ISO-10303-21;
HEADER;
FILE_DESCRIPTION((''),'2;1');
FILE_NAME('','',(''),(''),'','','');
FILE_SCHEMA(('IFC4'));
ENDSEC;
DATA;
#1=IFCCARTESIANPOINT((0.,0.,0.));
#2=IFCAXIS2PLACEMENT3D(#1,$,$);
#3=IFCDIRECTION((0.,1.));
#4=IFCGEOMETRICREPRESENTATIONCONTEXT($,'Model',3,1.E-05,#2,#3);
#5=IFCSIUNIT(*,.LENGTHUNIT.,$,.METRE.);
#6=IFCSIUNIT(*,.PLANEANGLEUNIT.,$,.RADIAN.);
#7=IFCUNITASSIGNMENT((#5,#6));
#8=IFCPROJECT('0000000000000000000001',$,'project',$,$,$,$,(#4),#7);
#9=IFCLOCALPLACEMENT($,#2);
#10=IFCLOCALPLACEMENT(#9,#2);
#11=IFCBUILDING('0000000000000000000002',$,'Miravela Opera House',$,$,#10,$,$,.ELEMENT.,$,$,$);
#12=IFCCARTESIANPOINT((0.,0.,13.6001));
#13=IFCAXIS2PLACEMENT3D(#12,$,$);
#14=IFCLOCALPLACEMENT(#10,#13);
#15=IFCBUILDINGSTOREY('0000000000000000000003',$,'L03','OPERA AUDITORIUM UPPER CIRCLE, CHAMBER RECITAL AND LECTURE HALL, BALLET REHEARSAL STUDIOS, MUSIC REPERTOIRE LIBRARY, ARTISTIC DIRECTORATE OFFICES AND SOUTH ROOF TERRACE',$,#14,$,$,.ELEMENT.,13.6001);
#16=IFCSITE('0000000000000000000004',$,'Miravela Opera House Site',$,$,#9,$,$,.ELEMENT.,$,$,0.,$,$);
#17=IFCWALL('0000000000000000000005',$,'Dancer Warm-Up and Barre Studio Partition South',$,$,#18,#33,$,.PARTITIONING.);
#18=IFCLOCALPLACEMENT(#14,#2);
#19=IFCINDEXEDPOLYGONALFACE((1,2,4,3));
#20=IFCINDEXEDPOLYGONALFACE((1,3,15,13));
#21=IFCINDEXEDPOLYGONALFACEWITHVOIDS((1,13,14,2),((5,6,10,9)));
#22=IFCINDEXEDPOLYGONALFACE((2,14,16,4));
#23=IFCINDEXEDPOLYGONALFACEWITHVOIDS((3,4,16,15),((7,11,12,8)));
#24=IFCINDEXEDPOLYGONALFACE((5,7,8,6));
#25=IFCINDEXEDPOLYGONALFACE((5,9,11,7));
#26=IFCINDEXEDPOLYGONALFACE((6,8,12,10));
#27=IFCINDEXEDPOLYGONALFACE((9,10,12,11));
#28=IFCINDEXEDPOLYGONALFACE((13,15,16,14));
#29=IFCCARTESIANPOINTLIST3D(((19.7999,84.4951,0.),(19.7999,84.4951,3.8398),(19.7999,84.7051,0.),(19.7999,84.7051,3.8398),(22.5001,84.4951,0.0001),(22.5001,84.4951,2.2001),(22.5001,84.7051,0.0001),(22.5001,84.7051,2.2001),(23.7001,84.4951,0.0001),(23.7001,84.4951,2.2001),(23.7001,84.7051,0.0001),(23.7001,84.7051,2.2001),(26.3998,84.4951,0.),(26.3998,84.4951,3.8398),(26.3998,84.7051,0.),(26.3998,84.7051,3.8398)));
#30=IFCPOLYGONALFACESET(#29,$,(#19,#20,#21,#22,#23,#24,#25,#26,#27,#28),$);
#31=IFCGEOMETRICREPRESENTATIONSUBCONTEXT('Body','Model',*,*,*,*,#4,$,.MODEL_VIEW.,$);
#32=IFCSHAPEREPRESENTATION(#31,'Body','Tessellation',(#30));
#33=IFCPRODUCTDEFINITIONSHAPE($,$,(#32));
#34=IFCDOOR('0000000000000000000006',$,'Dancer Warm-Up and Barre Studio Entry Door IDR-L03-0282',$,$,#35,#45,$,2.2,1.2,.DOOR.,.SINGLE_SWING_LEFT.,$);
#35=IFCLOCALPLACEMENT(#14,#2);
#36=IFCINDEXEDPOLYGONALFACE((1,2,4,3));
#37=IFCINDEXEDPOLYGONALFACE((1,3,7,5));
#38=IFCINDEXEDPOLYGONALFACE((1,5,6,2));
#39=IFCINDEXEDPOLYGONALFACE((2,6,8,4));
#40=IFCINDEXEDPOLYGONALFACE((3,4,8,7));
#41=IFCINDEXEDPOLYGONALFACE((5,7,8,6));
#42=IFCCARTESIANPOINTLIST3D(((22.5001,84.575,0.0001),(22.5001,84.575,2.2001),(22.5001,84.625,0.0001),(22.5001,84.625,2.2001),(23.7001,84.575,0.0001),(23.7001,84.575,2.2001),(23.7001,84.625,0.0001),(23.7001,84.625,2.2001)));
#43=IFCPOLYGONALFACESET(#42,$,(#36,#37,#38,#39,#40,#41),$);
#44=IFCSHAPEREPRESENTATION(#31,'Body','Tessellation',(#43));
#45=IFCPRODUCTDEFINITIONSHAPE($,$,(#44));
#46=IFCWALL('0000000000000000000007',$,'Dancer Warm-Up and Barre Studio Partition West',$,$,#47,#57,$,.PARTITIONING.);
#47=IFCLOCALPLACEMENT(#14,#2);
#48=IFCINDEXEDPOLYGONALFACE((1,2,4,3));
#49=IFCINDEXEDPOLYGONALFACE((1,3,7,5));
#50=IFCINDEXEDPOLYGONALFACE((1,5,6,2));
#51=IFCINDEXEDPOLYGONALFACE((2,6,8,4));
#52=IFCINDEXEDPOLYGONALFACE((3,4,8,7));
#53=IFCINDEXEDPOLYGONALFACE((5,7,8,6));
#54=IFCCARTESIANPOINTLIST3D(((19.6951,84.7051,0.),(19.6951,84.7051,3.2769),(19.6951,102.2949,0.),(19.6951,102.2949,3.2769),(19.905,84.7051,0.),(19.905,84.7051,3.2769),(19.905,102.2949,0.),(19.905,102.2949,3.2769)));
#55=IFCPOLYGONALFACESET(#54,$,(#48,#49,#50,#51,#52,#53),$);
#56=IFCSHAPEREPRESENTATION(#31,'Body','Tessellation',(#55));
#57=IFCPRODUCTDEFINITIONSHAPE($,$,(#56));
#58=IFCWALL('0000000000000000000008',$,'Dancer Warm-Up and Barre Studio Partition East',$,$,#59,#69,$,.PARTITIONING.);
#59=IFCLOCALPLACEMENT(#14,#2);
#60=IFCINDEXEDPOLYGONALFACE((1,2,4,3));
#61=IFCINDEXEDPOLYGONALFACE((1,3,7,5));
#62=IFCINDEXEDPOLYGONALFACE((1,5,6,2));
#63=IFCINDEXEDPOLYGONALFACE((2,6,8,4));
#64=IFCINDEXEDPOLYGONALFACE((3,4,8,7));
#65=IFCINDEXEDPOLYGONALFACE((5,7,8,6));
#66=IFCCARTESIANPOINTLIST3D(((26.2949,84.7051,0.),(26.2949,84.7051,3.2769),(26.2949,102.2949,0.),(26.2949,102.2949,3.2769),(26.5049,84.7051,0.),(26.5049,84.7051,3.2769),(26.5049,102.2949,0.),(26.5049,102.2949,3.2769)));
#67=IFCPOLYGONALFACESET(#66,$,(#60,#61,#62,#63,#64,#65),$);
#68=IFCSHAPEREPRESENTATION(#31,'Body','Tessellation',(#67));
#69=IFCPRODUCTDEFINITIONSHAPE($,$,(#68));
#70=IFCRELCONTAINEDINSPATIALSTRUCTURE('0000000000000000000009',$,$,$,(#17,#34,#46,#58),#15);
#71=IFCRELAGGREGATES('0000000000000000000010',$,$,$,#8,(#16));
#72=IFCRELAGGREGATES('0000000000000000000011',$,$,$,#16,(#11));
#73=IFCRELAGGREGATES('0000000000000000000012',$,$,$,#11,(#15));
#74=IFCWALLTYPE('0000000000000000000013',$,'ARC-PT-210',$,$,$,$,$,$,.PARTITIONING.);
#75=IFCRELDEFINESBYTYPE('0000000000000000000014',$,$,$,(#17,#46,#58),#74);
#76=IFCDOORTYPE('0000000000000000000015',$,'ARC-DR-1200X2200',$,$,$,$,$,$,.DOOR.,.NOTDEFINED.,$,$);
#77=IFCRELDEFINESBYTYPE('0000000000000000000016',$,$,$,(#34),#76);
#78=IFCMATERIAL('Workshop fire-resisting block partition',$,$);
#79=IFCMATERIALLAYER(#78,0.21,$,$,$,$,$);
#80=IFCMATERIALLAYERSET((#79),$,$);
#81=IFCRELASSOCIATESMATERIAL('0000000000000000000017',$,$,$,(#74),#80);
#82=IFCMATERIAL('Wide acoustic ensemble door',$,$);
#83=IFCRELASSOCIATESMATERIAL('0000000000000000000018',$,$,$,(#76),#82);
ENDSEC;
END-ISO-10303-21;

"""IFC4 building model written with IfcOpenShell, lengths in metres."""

from ifc_helpers import new_model, si_unit, direction, frame, frame_2d, origin, place, context, subcontext, project, spatial, rectangle, extrude, material, layer, layer_set, type_object, element, fill, save


model = new_model("IFC4")

# Units and contexts
model_context = context("Model", 3, precision=1e-05, world=origin(), true_north=direction((0.0, 1.0)))
body_context = subcontext(model_context, "Body", "Model", "MODEL_VIEW")
ifc_project = project(units=[si_unit("LENGTHUNIT", "METRE"), si_unit("PLANEANGLEUNIT", "RADIAN")], contexts=[model_context])

# Site, building, storey
site_placement = place(None, origin())
site = spatial("IfcSite", under=ifc_project, at=site_placement, Name="Miravela Opera House Site", CompositionType="ELEMENT", RefElevation=0.0)
building_placement = place(site_placement, origin())
building = spatial("IfcBuilding", under=site, at=building_placement, Name="Miravela Opera House", CompositionType="ELEMENT")
storey_placement = place(building_placement, frame((0.0, 0.0, 13.6001)))
storey = spatial("IfcBuildingStorey", under=building, at=storey_placement, Name="L03", Description="OPERA AUDITORIUM UPPER CIRCLE, CHAMBER RECITAL AND LECTURE HALL, BALLET REHEARSAL STUDIOS, MUSIC REPERTOIRE LIBRARY, ARTISTIC DIRECTORATE OFFICES AND SOUTH ROOF TERRACE", CompositionType="ELEMENT", Elevation=13.6001)

# Wall, opening, door
ifc_material_1 = material(Name="Workshop fire-resisting block partition")
ifc_layer_1 = layer(ifc_material_1, 0.21)
ifc_layer_set_1 = layer_set([ifc_layer_1])
wall_type = type_object("IfcWallType", Name="ARC-PT-210", PredefinedType="PARTITIONING", material=ifc_layer_set_1)
wall_placement = place(storey_placement, frame((19.8, 84.6001, 0.0), z_axis=(0.0, 0.0, 1.0), x_axis=(1.0, 0.0, 0.0)))
wall = element("IfcWall", 1, at=wall_placement, inside=storey, type_object=wall_type, Name="Dancer Warm-Up and Barre Studio Partition South", PredefinedType="PARTITIONING", context=body_context, shape_type="SweptSolid", body=[
    extrude(rectangle(XDim=6.5999, YDim=0.21, at=frame_2d((3.2998, 0.0))), origin(), (0.0, 0.0, 1.0), 3.8398),
])
opening_placement = place(wall_placement, frame((2.7, 0.0, 0.0)))
opening = element("IfcOpeningElement", 2, at=opening_placement, cuts=wall, PredefinedType="OPENING", context=body_context, shape_type="SweptSolid", body=[
    extrude(rectangle(XDim=1.2, YDim=2.2, at=frame_2d((0.6001, 1.1001))), frame((0.0, 0.115, 0.0), z_axis=(0.0, -1.0, 0.0), x_axis=(1.0, 0.0, 0.0)), (0.0, 0.0, 1.0), 0.23),
])
ifc_material_2 = material(Name="Wide acoustic ensemble door")
door_type = type_object("IfcDoorType", Name="ARC-DR-1200X2200", OperationType="NOTDEFINED", PredefinedType="DOOR", material=ifc_material_2)
door_placement = place(opening_placement, origin())
door = element("IfcDoor", 3, at=door_placement, inside=storey, type_object=door_type, Name="Dancer Warm-Up and Barre Studio Entry Door IDR-L03-0282", OperationType="SINGLE_SWING_LEFT", OverallHeight=2.2, OverallWidth=1.2, PredefinedType="DOOR", context=body_context, shape_type="SweptSolid", body=[
    extrude(rectangle(XDim=1.2, YDim=2.2, at=frame_2d((0.6001, 1.1001))), frame((0.0, 0.0249, 0.0), z_axis=(0.0, -1.0, 0.0), x_axis=(1.0, 0.0, 0.0)), (0.0, 0.0, 1.0), 0.05),
])
fill(opening, door)

# Walls
for number, where, z_axis, x_axis, name in (
    (4, (19.8, 84.7051, 0.0), (0.0, 0.0, 1.0), (0.0, 1.0, 0.0), "Dancer Warm-Up and Barre Studio Partition West"),
    (5, (26.3999, 84.7051, 0.0), (0.0, 0.0, 1.0), (0.0, 1.0, 0.0), "Dancer Warm-Up and Barre Studio Partition East"),
):
    element("IfcWall", number, at=place(storey_placement, frame(where, z_axis=z_axis, x_axis=x_axis)), inside=storey, type_object=wall_type, Name=name, PredefinedType="PARTITIONING", context=body_context, shape_type="SweptSolid", body=[
        extrude(rectangle(XDim=17.5898, YDim=0.21, at=frame_2d((8.7949, 0.0))), origin(), (0.0, 0.0, 1.0), 3.2769),
    ])

save(model, "model.ifc")
